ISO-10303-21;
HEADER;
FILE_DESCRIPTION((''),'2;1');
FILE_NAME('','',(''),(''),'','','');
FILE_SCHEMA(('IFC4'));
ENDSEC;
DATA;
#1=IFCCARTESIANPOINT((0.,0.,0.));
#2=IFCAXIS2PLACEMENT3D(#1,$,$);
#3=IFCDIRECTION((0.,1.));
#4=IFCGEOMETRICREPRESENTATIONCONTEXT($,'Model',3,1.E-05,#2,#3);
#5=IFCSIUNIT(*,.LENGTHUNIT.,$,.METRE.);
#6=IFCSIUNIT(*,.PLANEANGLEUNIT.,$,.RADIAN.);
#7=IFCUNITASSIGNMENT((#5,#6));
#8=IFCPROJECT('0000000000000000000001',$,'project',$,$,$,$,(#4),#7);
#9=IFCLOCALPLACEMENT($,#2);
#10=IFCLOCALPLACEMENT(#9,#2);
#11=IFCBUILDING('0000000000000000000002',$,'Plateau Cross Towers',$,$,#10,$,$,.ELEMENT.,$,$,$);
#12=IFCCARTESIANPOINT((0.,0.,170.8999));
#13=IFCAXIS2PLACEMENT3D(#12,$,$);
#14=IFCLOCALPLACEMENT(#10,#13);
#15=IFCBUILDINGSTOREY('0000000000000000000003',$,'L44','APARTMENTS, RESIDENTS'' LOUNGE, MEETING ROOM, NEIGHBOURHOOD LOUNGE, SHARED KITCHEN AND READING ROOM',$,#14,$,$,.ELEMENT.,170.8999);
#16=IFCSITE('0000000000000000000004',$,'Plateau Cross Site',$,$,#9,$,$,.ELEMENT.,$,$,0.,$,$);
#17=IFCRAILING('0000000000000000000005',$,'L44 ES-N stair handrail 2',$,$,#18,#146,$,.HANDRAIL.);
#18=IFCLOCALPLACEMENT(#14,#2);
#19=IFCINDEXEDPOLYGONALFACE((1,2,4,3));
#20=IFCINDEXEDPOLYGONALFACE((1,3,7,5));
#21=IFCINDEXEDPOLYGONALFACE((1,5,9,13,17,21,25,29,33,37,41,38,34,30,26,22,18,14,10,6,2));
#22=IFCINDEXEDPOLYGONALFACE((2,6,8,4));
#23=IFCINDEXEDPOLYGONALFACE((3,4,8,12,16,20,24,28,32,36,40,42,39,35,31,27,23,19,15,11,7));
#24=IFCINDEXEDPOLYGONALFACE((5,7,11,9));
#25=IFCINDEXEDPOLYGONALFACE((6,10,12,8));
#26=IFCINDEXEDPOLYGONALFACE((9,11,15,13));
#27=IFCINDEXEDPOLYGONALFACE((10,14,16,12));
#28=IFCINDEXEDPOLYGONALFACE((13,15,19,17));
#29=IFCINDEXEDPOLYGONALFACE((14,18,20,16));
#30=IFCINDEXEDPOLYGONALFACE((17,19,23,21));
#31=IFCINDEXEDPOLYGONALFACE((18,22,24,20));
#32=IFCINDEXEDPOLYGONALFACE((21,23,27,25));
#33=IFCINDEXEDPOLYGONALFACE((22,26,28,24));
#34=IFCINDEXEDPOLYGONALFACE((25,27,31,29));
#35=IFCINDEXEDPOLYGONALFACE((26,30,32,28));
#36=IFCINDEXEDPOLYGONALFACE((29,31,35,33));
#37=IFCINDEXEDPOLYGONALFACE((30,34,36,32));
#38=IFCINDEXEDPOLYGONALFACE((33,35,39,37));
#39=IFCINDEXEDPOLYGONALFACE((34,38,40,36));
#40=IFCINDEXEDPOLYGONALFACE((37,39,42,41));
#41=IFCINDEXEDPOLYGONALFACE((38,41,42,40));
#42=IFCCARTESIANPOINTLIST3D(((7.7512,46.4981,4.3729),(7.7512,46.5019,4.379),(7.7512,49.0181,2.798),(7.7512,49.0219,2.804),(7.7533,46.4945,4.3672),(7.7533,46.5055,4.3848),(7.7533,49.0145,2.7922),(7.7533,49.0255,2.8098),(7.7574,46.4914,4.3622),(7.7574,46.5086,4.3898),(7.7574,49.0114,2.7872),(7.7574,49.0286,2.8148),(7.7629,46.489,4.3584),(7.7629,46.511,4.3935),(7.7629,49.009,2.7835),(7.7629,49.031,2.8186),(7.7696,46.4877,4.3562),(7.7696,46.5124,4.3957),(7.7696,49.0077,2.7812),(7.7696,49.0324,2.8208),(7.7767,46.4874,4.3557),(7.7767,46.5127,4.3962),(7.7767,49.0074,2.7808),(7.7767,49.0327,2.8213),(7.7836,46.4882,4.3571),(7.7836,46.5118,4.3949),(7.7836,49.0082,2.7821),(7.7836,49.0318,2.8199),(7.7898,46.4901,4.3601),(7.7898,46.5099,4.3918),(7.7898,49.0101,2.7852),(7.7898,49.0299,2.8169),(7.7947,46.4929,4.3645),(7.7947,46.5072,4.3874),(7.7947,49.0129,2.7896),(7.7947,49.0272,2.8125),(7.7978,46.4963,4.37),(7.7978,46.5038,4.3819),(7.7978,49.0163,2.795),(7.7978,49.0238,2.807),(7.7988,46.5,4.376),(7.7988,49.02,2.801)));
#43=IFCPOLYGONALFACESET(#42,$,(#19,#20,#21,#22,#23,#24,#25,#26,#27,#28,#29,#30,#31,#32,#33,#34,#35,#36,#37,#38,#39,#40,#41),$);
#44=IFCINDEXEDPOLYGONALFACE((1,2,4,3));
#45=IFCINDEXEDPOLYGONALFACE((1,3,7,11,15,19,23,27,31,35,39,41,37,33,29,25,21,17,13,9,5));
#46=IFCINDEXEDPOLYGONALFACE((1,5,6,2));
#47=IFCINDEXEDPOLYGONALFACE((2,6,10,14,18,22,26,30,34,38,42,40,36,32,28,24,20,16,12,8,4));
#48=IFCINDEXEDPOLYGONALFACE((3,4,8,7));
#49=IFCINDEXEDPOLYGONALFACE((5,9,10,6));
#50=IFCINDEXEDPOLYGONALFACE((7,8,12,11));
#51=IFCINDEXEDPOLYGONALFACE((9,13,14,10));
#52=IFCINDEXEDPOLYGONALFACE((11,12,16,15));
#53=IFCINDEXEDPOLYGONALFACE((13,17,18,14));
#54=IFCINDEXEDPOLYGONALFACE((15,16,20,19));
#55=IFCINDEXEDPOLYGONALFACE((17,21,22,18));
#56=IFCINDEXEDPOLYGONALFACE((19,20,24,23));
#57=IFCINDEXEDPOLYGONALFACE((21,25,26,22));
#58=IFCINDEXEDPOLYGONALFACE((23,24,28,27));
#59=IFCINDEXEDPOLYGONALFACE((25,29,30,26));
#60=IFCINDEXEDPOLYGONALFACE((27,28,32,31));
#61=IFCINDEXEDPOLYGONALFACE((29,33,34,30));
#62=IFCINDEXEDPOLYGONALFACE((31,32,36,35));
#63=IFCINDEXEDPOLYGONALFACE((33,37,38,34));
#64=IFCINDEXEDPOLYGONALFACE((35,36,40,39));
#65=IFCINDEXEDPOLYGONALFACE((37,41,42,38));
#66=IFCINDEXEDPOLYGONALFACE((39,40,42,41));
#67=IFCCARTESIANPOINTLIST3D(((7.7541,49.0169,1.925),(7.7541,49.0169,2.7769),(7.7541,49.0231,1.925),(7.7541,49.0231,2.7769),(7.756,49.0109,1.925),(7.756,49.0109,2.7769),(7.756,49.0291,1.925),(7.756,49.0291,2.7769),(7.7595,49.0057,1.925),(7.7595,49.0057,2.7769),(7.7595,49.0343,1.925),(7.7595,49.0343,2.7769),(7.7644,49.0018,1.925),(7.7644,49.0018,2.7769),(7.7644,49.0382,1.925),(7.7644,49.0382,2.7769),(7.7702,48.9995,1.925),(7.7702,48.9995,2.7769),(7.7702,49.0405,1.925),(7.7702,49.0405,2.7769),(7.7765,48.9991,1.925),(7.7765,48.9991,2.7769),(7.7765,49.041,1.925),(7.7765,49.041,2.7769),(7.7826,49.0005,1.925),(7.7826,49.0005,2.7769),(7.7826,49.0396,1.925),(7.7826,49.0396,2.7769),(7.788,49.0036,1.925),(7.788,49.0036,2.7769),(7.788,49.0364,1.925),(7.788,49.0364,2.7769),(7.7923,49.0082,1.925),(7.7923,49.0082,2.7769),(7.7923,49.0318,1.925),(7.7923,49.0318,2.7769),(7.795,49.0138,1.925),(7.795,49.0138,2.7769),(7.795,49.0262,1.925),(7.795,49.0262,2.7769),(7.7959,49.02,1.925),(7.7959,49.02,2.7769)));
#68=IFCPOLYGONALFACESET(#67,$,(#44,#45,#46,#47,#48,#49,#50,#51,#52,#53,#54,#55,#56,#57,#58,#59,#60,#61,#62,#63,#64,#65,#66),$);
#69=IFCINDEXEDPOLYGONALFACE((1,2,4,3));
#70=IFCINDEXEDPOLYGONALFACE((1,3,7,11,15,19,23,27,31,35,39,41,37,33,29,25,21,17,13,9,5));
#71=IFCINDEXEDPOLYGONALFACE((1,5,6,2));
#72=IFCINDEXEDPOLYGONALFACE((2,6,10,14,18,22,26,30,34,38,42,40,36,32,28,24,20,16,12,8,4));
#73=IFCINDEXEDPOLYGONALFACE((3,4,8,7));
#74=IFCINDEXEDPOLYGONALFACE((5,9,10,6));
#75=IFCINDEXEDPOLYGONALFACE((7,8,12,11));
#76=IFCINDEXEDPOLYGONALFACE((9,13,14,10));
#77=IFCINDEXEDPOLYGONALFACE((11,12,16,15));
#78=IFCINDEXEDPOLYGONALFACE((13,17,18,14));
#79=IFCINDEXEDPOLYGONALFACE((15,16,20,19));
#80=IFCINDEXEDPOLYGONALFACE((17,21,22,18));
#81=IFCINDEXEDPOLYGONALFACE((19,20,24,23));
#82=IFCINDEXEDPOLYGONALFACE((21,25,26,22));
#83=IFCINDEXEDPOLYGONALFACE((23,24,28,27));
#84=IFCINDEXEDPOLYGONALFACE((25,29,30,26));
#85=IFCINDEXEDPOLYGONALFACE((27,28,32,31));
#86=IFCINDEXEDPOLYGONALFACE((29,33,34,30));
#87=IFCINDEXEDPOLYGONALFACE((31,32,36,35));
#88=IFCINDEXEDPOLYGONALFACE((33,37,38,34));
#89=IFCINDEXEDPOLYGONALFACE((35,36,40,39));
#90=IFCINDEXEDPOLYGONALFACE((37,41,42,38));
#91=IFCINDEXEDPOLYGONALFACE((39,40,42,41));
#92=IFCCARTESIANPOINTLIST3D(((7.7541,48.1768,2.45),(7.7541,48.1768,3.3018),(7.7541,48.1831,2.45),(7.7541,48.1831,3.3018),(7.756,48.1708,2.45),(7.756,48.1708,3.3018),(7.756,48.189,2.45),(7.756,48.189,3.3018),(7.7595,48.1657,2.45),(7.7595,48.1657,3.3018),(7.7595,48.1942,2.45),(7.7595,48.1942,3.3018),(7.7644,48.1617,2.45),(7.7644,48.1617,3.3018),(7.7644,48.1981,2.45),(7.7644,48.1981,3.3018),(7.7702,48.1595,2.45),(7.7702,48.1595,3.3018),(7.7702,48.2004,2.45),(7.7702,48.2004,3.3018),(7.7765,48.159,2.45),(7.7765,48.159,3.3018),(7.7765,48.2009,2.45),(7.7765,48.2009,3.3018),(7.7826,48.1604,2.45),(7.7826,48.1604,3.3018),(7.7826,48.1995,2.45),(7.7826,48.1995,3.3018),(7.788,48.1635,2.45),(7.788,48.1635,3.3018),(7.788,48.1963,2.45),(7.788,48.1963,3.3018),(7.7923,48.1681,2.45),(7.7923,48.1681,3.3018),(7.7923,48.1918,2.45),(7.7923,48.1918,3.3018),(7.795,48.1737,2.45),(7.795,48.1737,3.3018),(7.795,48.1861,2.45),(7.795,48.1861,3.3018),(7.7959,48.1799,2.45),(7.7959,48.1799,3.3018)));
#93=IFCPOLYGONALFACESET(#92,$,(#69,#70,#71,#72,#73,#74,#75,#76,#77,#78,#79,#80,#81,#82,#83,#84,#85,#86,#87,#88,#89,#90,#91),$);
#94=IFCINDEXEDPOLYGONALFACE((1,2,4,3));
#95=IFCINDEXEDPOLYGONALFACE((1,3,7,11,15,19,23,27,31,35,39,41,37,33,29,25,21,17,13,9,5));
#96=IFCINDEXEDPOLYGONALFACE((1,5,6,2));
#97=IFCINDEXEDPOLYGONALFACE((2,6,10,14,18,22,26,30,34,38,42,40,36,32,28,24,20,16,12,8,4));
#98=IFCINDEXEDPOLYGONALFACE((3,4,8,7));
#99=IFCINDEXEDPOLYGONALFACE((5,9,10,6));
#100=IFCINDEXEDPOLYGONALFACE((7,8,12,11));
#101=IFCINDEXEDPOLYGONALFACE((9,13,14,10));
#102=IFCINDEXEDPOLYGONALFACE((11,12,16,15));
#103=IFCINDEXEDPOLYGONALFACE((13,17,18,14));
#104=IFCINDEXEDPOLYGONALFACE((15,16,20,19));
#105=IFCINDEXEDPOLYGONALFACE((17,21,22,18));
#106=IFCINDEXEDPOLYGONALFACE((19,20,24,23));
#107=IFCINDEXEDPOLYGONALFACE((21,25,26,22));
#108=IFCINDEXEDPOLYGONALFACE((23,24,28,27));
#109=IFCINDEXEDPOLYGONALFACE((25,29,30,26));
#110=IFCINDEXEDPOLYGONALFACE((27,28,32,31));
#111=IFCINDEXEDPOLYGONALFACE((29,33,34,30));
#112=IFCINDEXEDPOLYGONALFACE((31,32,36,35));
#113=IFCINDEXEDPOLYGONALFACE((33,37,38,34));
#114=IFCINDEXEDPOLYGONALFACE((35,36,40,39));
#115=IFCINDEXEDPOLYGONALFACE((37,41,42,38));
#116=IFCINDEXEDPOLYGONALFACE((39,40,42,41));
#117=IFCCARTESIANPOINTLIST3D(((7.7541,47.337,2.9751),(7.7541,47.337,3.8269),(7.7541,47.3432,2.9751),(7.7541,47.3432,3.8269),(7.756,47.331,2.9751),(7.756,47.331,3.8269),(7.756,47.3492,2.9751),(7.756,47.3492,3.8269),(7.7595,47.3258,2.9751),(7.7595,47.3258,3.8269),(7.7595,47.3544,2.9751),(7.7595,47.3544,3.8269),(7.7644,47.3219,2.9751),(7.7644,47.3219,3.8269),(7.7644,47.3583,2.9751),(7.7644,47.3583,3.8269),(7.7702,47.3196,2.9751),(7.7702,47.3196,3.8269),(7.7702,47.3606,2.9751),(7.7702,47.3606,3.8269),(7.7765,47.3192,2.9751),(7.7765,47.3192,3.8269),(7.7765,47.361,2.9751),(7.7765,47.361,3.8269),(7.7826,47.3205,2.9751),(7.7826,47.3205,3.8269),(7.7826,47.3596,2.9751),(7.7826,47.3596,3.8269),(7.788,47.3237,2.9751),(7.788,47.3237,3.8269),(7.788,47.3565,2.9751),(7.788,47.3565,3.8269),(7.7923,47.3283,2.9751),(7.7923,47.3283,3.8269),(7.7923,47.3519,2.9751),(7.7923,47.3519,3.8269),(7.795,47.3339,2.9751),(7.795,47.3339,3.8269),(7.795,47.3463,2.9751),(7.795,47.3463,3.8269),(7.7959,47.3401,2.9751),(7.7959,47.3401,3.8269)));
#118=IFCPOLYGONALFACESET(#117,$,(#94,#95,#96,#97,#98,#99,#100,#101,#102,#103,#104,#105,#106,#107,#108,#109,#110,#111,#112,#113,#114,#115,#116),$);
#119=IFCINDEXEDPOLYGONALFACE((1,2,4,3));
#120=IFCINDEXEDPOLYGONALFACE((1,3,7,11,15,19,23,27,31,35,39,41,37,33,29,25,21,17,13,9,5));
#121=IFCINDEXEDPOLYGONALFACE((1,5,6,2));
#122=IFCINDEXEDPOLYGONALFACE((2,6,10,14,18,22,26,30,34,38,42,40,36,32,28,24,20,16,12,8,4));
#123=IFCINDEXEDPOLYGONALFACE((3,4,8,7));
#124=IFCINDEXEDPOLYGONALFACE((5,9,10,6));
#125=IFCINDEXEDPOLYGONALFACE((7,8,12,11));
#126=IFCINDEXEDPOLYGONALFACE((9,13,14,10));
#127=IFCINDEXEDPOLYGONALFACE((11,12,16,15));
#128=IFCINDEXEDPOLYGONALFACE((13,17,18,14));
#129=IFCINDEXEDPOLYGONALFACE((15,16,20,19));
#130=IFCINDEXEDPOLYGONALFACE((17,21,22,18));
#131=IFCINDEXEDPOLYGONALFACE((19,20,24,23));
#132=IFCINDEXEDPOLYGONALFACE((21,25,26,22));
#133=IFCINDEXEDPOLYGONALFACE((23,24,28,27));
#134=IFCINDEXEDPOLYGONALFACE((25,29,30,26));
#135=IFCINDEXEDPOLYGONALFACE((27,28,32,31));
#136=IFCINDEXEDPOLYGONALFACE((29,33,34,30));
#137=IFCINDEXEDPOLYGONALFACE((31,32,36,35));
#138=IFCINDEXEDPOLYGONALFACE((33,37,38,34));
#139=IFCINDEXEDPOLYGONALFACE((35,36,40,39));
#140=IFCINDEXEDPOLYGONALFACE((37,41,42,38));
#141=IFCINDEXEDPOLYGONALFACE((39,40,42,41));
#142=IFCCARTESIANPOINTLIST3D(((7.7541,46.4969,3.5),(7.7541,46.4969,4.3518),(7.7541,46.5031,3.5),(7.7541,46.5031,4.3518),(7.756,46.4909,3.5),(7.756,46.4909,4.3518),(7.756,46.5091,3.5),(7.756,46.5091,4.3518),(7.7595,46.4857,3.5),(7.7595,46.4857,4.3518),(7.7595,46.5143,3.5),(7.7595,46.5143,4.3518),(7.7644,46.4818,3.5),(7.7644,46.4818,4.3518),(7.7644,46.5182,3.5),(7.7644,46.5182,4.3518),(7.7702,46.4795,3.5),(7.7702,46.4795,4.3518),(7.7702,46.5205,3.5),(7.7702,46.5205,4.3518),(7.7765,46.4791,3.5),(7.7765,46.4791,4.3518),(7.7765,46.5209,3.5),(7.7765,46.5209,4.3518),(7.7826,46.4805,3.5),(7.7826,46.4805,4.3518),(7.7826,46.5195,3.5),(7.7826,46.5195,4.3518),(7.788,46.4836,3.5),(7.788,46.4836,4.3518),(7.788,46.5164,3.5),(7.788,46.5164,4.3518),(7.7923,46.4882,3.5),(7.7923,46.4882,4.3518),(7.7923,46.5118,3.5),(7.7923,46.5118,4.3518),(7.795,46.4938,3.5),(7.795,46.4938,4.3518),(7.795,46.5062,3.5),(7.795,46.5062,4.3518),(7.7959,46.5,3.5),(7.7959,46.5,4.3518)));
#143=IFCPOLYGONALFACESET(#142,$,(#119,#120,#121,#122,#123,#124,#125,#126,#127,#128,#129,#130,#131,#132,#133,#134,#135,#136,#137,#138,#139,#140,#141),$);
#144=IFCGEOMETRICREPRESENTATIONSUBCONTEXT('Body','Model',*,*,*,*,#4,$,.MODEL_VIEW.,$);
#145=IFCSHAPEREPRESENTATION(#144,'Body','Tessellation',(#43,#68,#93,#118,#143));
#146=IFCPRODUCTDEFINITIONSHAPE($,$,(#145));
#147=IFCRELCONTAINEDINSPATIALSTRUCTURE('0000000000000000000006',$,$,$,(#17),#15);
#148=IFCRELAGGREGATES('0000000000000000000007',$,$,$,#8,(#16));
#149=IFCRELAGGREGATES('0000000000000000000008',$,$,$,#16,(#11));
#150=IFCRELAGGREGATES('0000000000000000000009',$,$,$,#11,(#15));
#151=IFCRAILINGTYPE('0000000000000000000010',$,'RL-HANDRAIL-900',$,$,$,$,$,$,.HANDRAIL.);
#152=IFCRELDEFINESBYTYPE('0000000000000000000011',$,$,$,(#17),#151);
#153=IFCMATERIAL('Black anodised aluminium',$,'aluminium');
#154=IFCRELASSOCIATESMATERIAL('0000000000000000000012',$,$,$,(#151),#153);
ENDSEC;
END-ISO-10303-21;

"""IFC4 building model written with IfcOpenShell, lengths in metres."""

from ifc_helpers import new_model, si_unit, direction, frame, origin, origin_2d, place, context, subcontext, project, spatial, circle, extrude, material, type_object, element, save


model = new_model("IFC4")

# Units and contexts
model_context = context("Model", 3, precision=1e-05, world=origin(), true_north=direction((0.0, 1.0)))
body_context = subcontext(model_context, "Body", "Model", "MODEL_VIEW")
ifc_project = project(units=[si_unit("LENGTHUNIT", "METRE"), si_unit("PLANEANGLEUNIT", "RADIAN")], contexts=[model_context])

# Site, building, storey
site_placement = place(None, origin())
site = spatial("IfcSite", under=ifc_project, at=site_placement, Name="Plateau Cross Site", CompositionType="ELEMENT", RefElevation=0.0)
building_placement = place(site_placement, origin())
building = spatial("IfcBuilding", under=site, at=building_placement, Name="Plateau Cross Towers", CompositionType="ELEMENT")
storey_placement = place(building_placement, frame((0.0, 0.0, 170.8999)))
storey = spatial("IfcBuildingStorey", under=building, at=storey_placement, Name="L44", Description="APARTMENTS, RESIDENTS' LOUNGE, MEETING ROOM, NEIGHBOURHOOD LOUNGE, SHARED KITCHEN AND READING ROOM", CompositionType="ELEMENT", Elevation=170.8999)

# Shared definitions
ifc_material_1 = material(Name="Black anodised aluminium", Category="aluminium")

# Railing
railing_type_1 = type_object("IfcRailingType", Name="RL-HANDRAIL-900", PredefinedType="HANDRAIL", material=ifc_material_1)
railing_1_placement = place(storey_placement, frame((7.7749, 49.02, 1.925)))
element("IfcRailing", 1, at=railing_1_placement, inside=storey, type_object=railing_type_1, Name="L44 ES-N stair handrail 2", PredefinedType="HANDRAIL", context=body_context, shape_type="SweptSolid", body=[
    extrude(circle(Radius=0.0239, at=origin_2d()), frame((0.0, 0.0, 0.876), z_axis=(0.0, -0.848008, 0.529984), x_axis=(1.0, 0.0, 0.0)), (0.0, 0.0, 1.0), 2.9717),
    extrude(circle(Radius=0.021, at=origin_2d()), origin(), (0.0, 0.0, 1.0), 0.8518),
    extrude(circle(Radius=0.021, at=origin_2d()), frame((0.0, -0.8401, 0.5249)), (0.0, 0.0, 1.0), 0.8518),
    extrude(circle(Radius=0.021, at=origin_2d()), frame((0.0, -1.6799, 1.05)), (0.0, 0.0, 1.0), 0.8518),
    extrude(circle(Radius=0.021, at=origin_2d()), frame((0.0, -2.52, 1.575)), (0.0, 0.0, 1.0), 0.8518),
])

save(model, "model.ifc")
